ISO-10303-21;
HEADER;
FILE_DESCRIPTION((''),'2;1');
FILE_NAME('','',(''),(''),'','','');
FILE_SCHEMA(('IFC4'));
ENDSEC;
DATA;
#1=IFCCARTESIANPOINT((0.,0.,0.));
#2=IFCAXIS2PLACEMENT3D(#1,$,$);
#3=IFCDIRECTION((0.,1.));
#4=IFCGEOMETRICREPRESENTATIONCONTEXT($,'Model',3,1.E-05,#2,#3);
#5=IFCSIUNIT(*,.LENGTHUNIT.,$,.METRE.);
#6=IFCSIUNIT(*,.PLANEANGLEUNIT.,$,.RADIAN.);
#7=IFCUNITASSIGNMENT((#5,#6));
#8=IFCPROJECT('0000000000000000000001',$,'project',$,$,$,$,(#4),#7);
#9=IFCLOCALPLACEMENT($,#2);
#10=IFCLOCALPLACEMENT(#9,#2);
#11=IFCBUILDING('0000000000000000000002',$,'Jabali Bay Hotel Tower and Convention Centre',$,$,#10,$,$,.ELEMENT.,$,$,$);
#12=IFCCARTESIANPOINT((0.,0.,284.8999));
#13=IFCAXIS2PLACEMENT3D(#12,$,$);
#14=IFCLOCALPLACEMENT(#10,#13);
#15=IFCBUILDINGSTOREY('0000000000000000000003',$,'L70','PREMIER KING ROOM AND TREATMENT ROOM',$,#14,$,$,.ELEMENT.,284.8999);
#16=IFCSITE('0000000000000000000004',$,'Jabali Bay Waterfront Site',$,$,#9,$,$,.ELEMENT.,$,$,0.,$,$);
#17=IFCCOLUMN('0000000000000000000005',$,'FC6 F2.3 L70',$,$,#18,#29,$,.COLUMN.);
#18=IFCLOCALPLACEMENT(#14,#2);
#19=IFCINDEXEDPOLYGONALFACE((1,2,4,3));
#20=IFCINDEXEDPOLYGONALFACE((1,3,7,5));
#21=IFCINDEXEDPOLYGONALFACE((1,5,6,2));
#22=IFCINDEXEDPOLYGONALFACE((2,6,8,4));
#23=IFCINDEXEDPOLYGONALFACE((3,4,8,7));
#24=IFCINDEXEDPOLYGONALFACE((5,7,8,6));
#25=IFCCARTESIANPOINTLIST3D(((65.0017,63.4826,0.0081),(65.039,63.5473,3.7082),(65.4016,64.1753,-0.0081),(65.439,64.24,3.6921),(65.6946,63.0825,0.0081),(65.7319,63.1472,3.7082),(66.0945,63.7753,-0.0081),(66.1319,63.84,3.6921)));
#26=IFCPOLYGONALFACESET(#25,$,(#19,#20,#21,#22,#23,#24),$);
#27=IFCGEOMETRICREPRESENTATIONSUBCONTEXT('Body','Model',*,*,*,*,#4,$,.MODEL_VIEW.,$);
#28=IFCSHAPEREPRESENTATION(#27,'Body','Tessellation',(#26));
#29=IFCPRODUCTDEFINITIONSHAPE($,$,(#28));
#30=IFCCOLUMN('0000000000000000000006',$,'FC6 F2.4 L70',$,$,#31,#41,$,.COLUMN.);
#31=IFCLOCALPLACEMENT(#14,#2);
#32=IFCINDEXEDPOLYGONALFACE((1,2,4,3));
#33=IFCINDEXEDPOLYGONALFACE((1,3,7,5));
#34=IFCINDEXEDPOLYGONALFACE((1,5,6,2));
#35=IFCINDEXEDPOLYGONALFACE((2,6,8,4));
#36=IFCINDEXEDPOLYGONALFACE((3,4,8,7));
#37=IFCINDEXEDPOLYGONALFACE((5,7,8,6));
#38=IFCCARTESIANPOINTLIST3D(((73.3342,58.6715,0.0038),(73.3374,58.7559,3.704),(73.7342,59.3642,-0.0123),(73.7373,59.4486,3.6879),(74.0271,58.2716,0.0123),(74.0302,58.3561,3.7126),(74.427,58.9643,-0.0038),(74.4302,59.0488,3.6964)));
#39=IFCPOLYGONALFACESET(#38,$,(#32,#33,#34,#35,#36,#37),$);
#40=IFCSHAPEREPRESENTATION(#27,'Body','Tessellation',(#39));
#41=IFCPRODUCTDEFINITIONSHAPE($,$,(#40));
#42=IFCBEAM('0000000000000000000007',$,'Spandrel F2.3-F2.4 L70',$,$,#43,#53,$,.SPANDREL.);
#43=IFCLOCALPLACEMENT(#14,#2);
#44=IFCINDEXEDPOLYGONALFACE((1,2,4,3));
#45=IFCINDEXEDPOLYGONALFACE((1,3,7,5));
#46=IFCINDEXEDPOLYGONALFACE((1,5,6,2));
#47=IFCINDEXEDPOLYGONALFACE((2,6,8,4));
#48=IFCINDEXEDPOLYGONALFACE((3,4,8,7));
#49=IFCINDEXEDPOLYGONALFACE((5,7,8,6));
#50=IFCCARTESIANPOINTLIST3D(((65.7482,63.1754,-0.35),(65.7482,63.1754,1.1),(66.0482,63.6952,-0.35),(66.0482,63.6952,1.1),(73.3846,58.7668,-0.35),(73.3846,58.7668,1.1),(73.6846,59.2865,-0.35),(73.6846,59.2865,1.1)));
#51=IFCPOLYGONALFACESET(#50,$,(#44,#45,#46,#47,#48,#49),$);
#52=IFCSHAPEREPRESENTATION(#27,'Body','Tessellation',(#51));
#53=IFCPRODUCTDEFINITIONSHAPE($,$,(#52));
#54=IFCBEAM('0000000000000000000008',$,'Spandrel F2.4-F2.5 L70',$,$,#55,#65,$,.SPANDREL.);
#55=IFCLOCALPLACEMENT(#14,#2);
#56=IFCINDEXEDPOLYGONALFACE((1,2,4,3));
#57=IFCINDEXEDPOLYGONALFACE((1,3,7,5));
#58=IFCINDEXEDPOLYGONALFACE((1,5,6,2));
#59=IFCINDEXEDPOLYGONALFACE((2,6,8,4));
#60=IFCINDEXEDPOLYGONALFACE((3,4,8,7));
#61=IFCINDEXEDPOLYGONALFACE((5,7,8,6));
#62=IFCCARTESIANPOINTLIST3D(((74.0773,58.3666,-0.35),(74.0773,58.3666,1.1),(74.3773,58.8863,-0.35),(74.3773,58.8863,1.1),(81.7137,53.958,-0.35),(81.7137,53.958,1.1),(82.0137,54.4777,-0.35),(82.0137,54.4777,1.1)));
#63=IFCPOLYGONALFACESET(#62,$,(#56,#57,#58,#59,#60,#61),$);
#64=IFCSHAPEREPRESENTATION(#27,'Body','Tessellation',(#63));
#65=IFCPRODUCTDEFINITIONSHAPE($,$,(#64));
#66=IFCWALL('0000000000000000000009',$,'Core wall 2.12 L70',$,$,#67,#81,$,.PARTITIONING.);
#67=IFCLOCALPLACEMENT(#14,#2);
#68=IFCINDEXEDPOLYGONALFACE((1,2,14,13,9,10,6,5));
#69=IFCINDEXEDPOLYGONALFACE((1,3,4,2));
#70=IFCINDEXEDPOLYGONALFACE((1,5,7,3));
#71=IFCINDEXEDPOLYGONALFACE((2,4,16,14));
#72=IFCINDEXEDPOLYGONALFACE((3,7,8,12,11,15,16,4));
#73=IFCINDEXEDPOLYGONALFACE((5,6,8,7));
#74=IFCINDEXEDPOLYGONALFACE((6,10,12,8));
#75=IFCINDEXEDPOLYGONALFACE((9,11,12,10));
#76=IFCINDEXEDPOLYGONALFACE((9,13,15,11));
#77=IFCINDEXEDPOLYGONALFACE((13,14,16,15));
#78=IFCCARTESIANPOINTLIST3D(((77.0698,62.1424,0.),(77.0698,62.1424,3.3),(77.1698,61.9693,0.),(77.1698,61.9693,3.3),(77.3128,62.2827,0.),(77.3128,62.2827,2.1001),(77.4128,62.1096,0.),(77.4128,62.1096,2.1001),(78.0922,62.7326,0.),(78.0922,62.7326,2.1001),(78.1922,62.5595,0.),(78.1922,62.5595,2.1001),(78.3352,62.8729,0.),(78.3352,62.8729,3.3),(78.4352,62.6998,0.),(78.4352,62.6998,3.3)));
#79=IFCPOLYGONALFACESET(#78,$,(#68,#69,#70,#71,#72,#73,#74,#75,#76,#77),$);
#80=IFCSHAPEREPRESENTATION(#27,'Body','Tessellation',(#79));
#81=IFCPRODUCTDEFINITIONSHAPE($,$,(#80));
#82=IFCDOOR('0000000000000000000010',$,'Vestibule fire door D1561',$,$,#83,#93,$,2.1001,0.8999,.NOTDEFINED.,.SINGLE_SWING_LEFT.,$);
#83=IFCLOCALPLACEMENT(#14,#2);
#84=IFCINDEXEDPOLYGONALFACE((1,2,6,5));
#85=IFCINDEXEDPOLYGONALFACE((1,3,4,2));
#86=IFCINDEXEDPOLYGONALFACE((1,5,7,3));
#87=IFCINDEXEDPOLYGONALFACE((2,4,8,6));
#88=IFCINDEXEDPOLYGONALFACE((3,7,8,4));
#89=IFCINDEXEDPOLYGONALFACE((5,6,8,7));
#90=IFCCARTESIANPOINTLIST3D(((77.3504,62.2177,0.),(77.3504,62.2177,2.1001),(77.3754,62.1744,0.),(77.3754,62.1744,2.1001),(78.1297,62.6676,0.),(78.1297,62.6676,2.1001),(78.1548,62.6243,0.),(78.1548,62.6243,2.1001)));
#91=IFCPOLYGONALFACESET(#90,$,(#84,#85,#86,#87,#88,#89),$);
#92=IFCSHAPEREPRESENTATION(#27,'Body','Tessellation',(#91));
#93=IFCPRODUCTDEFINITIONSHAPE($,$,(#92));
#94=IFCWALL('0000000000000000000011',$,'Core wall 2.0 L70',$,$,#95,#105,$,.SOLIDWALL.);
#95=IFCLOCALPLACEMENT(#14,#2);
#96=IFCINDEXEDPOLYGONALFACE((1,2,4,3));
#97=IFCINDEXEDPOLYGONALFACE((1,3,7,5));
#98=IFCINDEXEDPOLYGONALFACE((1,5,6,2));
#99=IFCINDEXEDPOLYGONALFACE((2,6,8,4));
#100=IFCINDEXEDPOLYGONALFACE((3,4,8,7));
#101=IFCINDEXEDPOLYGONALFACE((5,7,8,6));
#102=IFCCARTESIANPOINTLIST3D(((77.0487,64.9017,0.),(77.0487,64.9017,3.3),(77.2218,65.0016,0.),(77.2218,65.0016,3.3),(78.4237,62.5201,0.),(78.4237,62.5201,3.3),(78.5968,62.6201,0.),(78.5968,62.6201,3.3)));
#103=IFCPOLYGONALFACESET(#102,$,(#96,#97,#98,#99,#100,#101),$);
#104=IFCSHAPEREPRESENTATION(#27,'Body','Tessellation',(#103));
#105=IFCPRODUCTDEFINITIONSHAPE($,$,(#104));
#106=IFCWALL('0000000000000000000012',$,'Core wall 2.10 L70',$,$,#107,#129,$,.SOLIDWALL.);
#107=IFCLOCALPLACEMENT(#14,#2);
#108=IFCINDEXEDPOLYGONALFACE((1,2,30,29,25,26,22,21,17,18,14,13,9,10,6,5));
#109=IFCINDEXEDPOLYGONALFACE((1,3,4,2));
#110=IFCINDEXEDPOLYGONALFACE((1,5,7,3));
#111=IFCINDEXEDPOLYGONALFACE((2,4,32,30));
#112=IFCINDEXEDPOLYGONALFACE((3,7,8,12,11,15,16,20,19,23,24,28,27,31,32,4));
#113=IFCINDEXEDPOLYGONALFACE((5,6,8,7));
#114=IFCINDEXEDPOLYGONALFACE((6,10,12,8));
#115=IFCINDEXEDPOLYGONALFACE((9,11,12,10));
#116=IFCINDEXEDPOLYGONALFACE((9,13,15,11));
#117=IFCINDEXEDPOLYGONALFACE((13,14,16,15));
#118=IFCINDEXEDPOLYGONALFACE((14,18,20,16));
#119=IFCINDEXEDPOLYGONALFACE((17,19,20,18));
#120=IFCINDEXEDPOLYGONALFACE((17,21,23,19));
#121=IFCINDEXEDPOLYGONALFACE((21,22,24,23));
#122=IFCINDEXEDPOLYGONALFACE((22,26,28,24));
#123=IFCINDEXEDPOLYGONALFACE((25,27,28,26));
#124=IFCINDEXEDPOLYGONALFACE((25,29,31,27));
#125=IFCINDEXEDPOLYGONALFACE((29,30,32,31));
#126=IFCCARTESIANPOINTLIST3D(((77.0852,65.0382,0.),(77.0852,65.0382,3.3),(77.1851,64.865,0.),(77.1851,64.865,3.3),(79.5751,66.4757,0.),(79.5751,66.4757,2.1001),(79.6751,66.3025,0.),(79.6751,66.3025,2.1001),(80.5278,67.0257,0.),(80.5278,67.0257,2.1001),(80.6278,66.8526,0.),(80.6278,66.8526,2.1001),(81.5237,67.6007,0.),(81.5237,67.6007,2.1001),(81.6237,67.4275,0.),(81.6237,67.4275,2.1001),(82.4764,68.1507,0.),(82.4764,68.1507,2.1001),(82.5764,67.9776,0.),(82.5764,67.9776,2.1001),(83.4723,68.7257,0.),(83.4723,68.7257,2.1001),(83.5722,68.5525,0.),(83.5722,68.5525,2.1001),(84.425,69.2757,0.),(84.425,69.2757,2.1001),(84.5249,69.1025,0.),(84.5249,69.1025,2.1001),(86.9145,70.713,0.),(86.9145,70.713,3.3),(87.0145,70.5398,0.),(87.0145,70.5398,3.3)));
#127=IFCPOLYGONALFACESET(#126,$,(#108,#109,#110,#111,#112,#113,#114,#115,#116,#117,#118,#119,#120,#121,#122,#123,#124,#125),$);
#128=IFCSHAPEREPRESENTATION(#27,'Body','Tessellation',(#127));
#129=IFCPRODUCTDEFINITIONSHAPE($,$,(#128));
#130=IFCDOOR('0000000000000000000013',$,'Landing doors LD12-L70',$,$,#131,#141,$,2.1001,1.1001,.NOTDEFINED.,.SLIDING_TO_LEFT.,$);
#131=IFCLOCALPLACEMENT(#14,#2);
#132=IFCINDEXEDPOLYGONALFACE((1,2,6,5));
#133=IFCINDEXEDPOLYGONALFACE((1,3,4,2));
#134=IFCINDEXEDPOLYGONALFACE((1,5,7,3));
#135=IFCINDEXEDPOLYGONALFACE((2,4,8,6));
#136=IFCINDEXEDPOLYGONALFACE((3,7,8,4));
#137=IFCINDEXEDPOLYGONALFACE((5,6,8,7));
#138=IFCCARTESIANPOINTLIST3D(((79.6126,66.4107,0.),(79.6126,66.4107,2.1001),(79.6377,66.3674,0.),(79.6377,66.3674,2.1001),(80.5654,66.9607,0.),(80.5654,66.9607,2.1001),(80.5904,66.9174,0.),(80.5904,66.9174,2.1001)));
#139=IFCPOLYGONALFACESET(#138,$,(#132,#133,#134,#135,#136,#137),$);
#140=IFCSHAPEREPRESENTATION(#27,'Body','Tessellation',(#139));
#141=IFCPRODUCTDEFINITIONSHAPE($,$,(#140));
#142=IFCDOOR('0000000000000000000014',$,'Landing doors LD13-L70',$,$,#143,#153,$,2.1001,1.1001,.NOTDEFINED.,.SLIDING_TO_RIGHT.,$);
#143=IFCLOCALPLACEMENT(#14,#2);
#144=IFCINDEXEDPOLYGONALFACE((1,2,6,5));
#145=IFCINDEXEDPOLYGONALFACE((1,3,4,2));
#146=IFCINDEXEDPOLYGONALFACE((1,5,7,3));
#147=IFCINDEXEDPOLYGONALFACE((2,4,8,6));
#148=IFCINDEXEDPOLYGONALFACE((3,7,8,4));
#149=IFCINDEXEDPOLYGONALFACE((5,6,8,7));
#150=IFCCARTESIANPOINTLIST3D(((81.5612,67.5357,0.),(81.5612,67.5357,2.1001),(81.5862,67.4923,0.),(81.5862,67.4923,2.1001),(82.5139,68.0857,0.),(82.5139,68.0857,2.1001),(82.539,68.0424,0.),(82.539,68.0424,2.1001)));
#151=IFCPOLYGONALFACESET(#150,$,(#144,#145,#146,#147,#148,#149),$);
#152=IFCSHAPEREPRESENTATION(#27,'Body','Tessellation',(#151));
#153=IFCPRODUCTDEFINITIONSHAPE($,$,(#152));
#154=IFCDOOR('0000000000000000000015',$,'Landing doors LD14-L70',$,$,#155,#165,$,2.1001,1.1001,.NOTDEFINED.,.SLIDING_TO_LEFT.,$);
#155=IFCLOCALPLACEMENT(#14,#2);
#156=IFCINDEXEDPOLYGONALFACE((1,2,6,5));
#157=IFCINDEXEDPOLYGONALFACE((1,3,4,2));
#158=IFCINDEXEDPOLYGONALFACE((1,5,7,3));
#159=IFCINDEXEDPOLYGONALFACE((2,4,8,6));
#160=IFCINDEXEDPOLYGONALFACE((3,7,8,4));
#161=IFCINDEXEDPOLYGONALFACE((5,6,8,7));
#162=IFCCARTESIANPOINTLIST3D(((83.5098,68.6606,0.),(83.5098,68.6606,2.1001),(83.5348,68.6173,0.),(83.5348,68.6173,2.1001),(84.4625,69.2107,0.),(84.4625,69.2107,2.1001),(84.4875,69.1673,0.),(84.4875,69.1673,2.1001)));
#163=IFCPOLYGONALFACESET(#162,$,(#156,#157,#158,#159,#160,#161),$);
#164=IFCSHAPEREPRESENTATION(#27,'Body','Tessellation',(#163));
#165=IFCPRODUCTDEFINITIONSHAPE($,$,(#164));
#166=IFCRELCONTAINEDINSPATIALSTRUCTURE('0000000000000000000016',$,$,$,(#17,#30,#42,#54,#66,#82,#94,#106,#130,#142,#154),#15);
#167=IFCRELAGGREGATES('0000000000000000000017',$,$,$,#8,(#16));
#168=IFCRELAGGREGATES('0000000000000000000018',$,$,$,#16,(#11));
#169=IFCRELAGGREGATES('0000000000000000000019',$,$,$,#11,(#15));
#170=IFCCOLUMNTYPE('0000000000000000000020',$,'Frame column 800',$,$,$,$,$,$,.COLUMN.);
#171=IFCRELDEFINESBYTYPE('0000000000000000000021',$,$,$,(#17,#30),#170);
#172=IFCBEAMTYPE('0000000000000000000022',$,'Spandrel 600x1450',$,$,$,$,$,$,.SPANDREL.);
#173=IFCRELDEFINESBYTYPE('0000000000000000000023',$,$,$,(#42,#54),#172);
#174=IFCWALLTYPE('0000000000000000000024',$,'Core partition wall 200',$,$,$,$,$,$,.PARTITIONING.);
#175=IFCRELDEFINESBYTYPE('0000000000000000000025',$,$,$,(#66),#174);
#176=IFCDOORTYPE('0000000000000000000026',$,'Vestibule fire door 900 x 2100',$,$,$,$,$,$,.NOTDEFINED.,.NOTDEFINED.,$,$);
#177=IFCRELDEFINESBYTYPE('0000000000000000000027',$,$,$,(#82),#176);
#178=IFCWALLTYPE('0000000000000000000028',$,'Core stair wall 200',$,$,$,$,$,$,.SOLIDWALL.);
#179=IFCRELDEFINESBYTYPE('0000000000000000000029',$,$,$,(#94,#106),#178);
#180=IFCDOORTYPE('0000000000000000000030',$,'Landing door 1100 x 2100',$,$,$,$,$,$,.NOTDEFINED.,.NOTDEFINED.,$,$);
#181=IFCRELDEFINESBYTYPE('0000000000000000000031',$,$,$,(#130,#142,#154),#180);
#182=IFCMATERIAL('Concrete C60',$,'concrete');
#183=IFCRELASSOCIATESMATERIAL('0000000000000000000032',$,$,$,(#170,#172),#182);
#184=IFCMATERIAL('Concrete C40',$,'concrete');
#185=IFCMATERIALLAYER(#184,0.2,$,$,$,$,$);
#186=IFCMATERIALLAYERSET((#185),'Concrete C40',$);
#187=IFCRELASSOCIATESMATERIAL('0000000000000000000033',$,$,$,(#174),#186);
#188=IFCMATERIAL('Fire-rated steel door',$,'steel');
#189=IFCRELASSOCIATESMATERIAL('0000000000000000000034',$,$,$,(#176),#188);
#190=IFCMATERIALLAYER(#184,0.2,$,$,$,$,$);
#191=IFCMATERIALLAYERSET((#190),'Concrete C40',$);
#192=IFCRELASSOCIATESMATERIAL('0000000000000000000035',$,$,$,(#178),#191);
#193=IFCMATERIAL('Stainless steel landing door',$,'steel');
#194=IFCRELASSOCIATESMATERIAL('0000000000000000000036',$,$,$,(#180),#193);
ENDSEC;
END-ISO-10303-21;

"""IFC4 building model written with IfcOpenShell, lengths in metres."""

from ifc_helpers import new_model, si_unit, direction, frame, frame_2d, origin, origin_2d, place, context, subcontext, project, spatial, rectangle, extrude, material, layer, layer_set, material_profile, profile_set, type_object, element, fill, save


model = new_model("IFC4")

# Units and contexts
model_context = context("Model", 3, precision=1e-05, world=origin(), true_north=direction((0.0, 1.0)))
body_context = subcontext(model_context, "Body", "Model", "MODEL_VIEW")
ifc_project = project(units=[si_unit("LENGTHUNIT", "METRE"), si_unit("PLANEANGLEUNIT", "RADIAN")], contexts=[model_context])

# Site, building, storey
site_placement = place(None, origin())
site = spatial("IfcSite", under=ifc_project, at=site_placement, Name="Jabali Bay Waterfront Site", CompositionType="ELEMENT", RefElevation=0.0)
building_placement = place(site_placement, origin())
building = spatial("IfcBuilding", under=site, at=building_placement, Name="Jabali Bay Hotel Tower and Convention Centre", CompositionType="ELEMENT")
storey_placement = place(building_placement, frame((0.0, 0.0, 284.8999)))
storey = spatial("IfcBuildingStorey", under=building, at=storey_placement, Name="L70", Description="PREMIER KING ROOM AND TREATMENT ROOM", CompositionType="ELEMENT", Elevation=284.8999)

# Columns
ifc_material_1 = material(Name="Concrete C60", Category="concrete")
ifc_material_profile_1 = material_profile(ifc_material_1, rectangle(XDim=0.8, YDim=0.8, at=origin_2d()), Name="Frame column 800")
ifc_profile_set_1 = profile_set([ifc_material_profile_1], Name="Concrete C60")
column_type = type_object("IfcColumnType", Name="Frame column 800", PredefinedType="COLUMN", material=ifc_profile_set_1)
column_1_placement = place(storey_placement, frame((65.5481, 63.6289, 0.0), z_axis=(0.010093, 0.017481, 0.999796), x_axis=(-0.866026, 0.499999, 0.0)))
element("IfcColumn", 1, at=column_1_placement, inside=storey, type_object=column_type, Name="FC6 F2.3 L70", PredefinedType="COLUMN", context=body_context, shape_type="SweptSolid", body=[
    extrude(rectangle(XDim=0.8, YDim=0.8, at=origin_2d()), origin(), (0.0, 0.0, 1.0), 3.7009),
])
column_2_placement = place(storey_placement, frame((73.8806, 58.8179, 0.0), z_axis=(0.000858, 0.022823, 0.999739), x_axis=(-0.499939, -0.865825, 0.020195)))
element("IfcColumn", 2, at=column_2_placement, inside=storey, type_object=column_type, Name="FC6 F2.4 L70", PredefinedType="COLUMN", context=body_context, shape_type="SweptSolid", body=[
    extrude(rectangle(XDim=0.8, YDim=0.8, at=origin_2d()), origin(), (0.0, 0.0, 1.0), 3.7012),
])

# Beams
ifc_material_profile_2 = material_profile(ifc_material_1, rectangle(XDim=0.6001, YDim=1.45, at=origin_2d()), Name="Spandrel 600x1450")
ifc_profile_set_2 = profile_set([ifc_material_profile_2], Name="Concrete C60")
beam_type = type_object("IfcBeamType", Name="Spandrel 600x1450", PredefinedType="SPANDREL", material=ifc_profile_set_2)
for number, where, z_axis, x_axis, name in (
    (3, (65.8982, 63.4353, 0.375), (0.866037, -0.49998, 0.0), (0.49998, 0.866037, 0.0), "Spandrel F2.3-F2.4 L70"),
    (4, (74.2273, 58.6265, 0.375), (0.866037, -0.49998, 0.0), (0.49998, 0.866037, 0.0), "Spandrel F2.4-F2.5 L70"),
):
    element("IfcBeam", number, at=place(storey_placement, frame(where, z_axis=z_axis, x_axis=x_axis)), inside=storey, type_object=beam_type, Name=name, PredefinedType="SPANDREL", context=body_context, shape_type="SweptSolid", body=[
        extrude(rectangle(XDim=0.6001, YDim=1.45, at=origin_2d()), origin(), (0.0, 0.0, 1.0), 8.8176),
    ])

# Wall, opening, door
ifc_material_2 = material(Name="Concrete C40", Category="concrete")
ifc_layer_1 = layer(ifc_material_2, 0.2)
ifc_layer_set_1 = layer_set([ifc_layer_1], Name="Concrete C40")
wall_type_1 = type_object("IfcWallType", Name="Core partition wall 200", PredefinedType="PARTITIONING", material=ifc_layer_set_1)
wall_1_placement = place(storey_placement, frame((77.1199, 62.0559, 0.0), z_axis=(0.0, 0.0, 1.0), x_axis=(0.866055, 0.499949, 0.0)))
wall_1 = element("IfcWall", 5, at=wall_1_placement, inside=storey, type_object=wall_type_1, Name="Core wall 2.12 L70", PredefinedType="PARTITIONING", context=body_context, shape_type="SweptSolid", body=[
    extrude(rectangle(XDim=1.4612, YDim=0.2, at=frame_2d((0.7305, 0.0))), origin(), (0.0, 0.0, 1.0), 3.3),
])
opening_1_placement = place(wall_1_placement, frame((0.2805, 0.0, 0.0)))
opening_1 = element("IfcOpeningElement", 6, at=opening_1_placement, cuts=wall_1, PredefinedType="OPENING", context=body_context, shape_type="SweptSolid", body=[
    extrude(rectangle(XDim=0.8999, YDim=2.1001, at=frame_2d((0.45, 1.05))), frame((0.0, 0.1104, 0.0), z_axis=(0.0, -1.0, 0.0), x_axis=(1.0, 0.0, 0.0)), (0.0, 0.0, 1.0), 0.2209),
])
ifc_material_3 = material(Name="Fire-rated steel door", Category="steel")
door_type_1 = type_object("IfcDoorType", Name="Vestibule fire door 900 x 2100", OperationType="NOTDEFINED", PredefinedType="NOTDEFINED", material=ifc_material_3)
door_1_placement = place(opening_1_placement, origin())
door_1 = element("IfcDoor", 7, at=door_1_placement, inside=storey, type_object=door_type_1, Name="Vestibule fire door D1561", OperationType="SINGLE_SWING_LEFT", OverallHeight=2.1001, OverallWidth=0.8999, PredefinedType="NOTDEFINED", context=body_context, shape_type="SweptSolid", body=[
    extrude(rectangle(XDim=0.8999, YDim=2.1001, at=frame_2d((0.45, 1.05))), frame((0.0, 0.0249, 0.0), z_axis=(0.0, -1.0, 0.0), x_axis=(1.0, 0.0, 0.0)), (0.0, 0.0, 1.0), 0.05),
])
fill(opening_1, door_1)

# Wall
ifc_layer_2 = layer(ifc_material_2, 0.2)
ifc_layer_set_2 = layer_set([ifc_layer_2], Name="Concrete C40")
wall_type_2 = type_object("IfcWallType", Name="Core stair wall 200", PredefinedType="SOLIDWALL", material=ifc_layer_set_2)
wall_2_placement = place(storey_placement, frame((77.1353, 64.9517, 0.0), z_axis=(0.0, 0.0, 1.0), x_axis=(0.499997, -0.866027, 0.0)))
element("IfcWall", 8, at=wall_2_placement, inside=storey, type_object=wall_type_2, Name="Core wall 2.0 L70", PredefinedType="SOLIDWALL", context=body_context, shape_type="SweptSolid", body=[
    extrude(rectangle(XDim=2.75, YDim=0.2, at=frame_2d((1.375, 0.0))), origin(), (0.0, 0.0, 1.0), 3.3),
])

# Wall, openings, doors
wall_3_placement = place(storey_placement, frame((77.1353, 64.9517, 0.0), z_axis=(0.0, 0.0, 1.0), x_axis=(0.866032, 0.499989, 0.0)))
wall_3 = element("IfcWall", 9, at=wall_3_placement, inside=storey, type_object=wall_type_2, Name="Core wall 2.10 L70", PredefinedType="SOLIDWALL", context=body_context, shape_type="SweptSolid", body=[
    extrude(rectangle(XDim=11.3499, YDim=0.2, at=frame_2d((5.6748, 0.0))), origin(), (0.0, 0.0, 1.0), 3.3),
])
opening_2_placement = place(wall_3_placement, frame((2.875, 0.0, 0.0)))
opening_2 = element("IfcOpeningElement", 10, at=opening_2_placement, cuts=wall_3, PredefinedType="OPENING", context=body_context, shape_type="SweptSolid", body=[
    extrude(rectangle(XDim=1.1001, YDim=2.1001, at=frame_2d((0.55, 1.05))), frame((0.0, 0.1104, 0.0), z_axis=(0.0, -1.0, 0.0), x_axis=(1.0, 0.0, 0.0)), (0.0, 0.0, 1.0), 0.2209),
])
opening_3_placement = place(wall_3_placement, frame((5.125, 0.0, 0.0)))
opening_3 = element("IfcOpeningElement", 11, at=opening_3_placement, cuts=wall_3, PredefinedType="OPENING", context=body_context, shape_type="SweptSolid", body=[
    extrude(rectangle(XDim=1.1001, YDim=2.1001, at=frame_2d((0.55, 1.05))), frame((0.0, 0.1104, 0.0), z_axis=(0.0, -1.0, 0.0), x_axis=(1.0, 0.0, 0.0)), (0.0, 0.0, 1.0), 0.2209),
])
opening_4_placement = place(wall_3_placement, frame((7.375, 0.0, 0.0)))
opening_4 = element("IfcOpeningElement", 12, at=opening_4_placement, cuts=wall_3, PredefinedType="OPENING", context=body_context, shape_type="SweptSolid", body=[
    extrude(rectangle(XDim=1.1001, YDim=2.1001, at=frame_2d((0.55, 1.05))), frame((0.0, 0.1104, 0.0), z_axis=(0.0, -1.0, 0.0), x_axis=(1.0, 0.0, 0.0)), (0.0, 0.0, 1.0), 0.2209),
])
ifc_material_4 = material(Name="Stainless steel landing door", Category="steel")
door_type_2 = type_object("IfcDoorType", Name="Landing door 1100 x 2100", OperationType="NOTDEFINED", PredefinedType="NOTDEFINED", material=ifc_material_4)
door_2_placement = place(opening_2_placement, origin())
door_2 = element("IfcDoor", 13, at=door_2_placement, inside=storey, type_object=door_type_2, Name="Landing doors LD12-L70", OperationType="SLIDING_TO_LEFT", OverallHeight=2.1001, OverallWidth=1.1001, PredefinedType="NOTDEFINED", context=body_context, shape_type="SweptSolid", body=[
    extrude(rectangle(XDim=1.1001, YDim=2.1001, at=frame_2d((0.55, 1.05))), frame((0.0, 0.0249, 0.0), z_axis=(0.0, -1.0, 0.0), x_axis=(1.0, 0.0, 0.0)), (0.0, 0.0, 1.0), 0.05),
])
fill(opening_2, door_2)
door_3_placement = place(opening_3_placement, origin())
door_3 = element("IfcDoor", 14, at=door_3_placement, inside=storey, type_object=door_type_2, Name="Landing doors LD13-L70", OperationType="SLIDING_TO_RIGHT", OverallHeight=2.1001, OverallWidth=1.1001, PredefinedType="NOTDEFINED", context=body_context, shape_type="SweptSolid", body=[
    extrude(rectangle(XDim=1.1001, YDim=2.1001, at=frame_2d((0.55, 1.05))), frame((0.0, 0.0249, 0.0), z_axis=(0.0, -1.0, 0.0), x_axis=(1.0, 0.0, 0.0)), (0.0, 0.0, 1.0), 0.05),
])
fill(opening_3, door_3)
door_4_placement = place(opening_4_placement, origin())
door_4 = element("IfcDoor", 15, at=door_4_placement, inside=storey, type_object=door_type_2, Name="Landing doors LD14-L70", OperationType="SLIDING_TO_LEFT", OverallHeight=2.1001, OverallWidth=1.1001, PredefinedType="NOTDEFINED", context=body_context, shape_type="SweptSolid", body=[
    extrude(rectangle(XDim=1.1001, YDim=2.1001, at=frame_2d((0.55, 1.05))), frame((0.0, 0.0249, 0.0), z_axis=(0.0, -1.0, 0.0), x_axis=(1.0, 0.0, 0.0)), (0.0, 0.0, 1.0), 0.05),
])
fill(opening_4, door_4)

save(model, "model.ifc")
